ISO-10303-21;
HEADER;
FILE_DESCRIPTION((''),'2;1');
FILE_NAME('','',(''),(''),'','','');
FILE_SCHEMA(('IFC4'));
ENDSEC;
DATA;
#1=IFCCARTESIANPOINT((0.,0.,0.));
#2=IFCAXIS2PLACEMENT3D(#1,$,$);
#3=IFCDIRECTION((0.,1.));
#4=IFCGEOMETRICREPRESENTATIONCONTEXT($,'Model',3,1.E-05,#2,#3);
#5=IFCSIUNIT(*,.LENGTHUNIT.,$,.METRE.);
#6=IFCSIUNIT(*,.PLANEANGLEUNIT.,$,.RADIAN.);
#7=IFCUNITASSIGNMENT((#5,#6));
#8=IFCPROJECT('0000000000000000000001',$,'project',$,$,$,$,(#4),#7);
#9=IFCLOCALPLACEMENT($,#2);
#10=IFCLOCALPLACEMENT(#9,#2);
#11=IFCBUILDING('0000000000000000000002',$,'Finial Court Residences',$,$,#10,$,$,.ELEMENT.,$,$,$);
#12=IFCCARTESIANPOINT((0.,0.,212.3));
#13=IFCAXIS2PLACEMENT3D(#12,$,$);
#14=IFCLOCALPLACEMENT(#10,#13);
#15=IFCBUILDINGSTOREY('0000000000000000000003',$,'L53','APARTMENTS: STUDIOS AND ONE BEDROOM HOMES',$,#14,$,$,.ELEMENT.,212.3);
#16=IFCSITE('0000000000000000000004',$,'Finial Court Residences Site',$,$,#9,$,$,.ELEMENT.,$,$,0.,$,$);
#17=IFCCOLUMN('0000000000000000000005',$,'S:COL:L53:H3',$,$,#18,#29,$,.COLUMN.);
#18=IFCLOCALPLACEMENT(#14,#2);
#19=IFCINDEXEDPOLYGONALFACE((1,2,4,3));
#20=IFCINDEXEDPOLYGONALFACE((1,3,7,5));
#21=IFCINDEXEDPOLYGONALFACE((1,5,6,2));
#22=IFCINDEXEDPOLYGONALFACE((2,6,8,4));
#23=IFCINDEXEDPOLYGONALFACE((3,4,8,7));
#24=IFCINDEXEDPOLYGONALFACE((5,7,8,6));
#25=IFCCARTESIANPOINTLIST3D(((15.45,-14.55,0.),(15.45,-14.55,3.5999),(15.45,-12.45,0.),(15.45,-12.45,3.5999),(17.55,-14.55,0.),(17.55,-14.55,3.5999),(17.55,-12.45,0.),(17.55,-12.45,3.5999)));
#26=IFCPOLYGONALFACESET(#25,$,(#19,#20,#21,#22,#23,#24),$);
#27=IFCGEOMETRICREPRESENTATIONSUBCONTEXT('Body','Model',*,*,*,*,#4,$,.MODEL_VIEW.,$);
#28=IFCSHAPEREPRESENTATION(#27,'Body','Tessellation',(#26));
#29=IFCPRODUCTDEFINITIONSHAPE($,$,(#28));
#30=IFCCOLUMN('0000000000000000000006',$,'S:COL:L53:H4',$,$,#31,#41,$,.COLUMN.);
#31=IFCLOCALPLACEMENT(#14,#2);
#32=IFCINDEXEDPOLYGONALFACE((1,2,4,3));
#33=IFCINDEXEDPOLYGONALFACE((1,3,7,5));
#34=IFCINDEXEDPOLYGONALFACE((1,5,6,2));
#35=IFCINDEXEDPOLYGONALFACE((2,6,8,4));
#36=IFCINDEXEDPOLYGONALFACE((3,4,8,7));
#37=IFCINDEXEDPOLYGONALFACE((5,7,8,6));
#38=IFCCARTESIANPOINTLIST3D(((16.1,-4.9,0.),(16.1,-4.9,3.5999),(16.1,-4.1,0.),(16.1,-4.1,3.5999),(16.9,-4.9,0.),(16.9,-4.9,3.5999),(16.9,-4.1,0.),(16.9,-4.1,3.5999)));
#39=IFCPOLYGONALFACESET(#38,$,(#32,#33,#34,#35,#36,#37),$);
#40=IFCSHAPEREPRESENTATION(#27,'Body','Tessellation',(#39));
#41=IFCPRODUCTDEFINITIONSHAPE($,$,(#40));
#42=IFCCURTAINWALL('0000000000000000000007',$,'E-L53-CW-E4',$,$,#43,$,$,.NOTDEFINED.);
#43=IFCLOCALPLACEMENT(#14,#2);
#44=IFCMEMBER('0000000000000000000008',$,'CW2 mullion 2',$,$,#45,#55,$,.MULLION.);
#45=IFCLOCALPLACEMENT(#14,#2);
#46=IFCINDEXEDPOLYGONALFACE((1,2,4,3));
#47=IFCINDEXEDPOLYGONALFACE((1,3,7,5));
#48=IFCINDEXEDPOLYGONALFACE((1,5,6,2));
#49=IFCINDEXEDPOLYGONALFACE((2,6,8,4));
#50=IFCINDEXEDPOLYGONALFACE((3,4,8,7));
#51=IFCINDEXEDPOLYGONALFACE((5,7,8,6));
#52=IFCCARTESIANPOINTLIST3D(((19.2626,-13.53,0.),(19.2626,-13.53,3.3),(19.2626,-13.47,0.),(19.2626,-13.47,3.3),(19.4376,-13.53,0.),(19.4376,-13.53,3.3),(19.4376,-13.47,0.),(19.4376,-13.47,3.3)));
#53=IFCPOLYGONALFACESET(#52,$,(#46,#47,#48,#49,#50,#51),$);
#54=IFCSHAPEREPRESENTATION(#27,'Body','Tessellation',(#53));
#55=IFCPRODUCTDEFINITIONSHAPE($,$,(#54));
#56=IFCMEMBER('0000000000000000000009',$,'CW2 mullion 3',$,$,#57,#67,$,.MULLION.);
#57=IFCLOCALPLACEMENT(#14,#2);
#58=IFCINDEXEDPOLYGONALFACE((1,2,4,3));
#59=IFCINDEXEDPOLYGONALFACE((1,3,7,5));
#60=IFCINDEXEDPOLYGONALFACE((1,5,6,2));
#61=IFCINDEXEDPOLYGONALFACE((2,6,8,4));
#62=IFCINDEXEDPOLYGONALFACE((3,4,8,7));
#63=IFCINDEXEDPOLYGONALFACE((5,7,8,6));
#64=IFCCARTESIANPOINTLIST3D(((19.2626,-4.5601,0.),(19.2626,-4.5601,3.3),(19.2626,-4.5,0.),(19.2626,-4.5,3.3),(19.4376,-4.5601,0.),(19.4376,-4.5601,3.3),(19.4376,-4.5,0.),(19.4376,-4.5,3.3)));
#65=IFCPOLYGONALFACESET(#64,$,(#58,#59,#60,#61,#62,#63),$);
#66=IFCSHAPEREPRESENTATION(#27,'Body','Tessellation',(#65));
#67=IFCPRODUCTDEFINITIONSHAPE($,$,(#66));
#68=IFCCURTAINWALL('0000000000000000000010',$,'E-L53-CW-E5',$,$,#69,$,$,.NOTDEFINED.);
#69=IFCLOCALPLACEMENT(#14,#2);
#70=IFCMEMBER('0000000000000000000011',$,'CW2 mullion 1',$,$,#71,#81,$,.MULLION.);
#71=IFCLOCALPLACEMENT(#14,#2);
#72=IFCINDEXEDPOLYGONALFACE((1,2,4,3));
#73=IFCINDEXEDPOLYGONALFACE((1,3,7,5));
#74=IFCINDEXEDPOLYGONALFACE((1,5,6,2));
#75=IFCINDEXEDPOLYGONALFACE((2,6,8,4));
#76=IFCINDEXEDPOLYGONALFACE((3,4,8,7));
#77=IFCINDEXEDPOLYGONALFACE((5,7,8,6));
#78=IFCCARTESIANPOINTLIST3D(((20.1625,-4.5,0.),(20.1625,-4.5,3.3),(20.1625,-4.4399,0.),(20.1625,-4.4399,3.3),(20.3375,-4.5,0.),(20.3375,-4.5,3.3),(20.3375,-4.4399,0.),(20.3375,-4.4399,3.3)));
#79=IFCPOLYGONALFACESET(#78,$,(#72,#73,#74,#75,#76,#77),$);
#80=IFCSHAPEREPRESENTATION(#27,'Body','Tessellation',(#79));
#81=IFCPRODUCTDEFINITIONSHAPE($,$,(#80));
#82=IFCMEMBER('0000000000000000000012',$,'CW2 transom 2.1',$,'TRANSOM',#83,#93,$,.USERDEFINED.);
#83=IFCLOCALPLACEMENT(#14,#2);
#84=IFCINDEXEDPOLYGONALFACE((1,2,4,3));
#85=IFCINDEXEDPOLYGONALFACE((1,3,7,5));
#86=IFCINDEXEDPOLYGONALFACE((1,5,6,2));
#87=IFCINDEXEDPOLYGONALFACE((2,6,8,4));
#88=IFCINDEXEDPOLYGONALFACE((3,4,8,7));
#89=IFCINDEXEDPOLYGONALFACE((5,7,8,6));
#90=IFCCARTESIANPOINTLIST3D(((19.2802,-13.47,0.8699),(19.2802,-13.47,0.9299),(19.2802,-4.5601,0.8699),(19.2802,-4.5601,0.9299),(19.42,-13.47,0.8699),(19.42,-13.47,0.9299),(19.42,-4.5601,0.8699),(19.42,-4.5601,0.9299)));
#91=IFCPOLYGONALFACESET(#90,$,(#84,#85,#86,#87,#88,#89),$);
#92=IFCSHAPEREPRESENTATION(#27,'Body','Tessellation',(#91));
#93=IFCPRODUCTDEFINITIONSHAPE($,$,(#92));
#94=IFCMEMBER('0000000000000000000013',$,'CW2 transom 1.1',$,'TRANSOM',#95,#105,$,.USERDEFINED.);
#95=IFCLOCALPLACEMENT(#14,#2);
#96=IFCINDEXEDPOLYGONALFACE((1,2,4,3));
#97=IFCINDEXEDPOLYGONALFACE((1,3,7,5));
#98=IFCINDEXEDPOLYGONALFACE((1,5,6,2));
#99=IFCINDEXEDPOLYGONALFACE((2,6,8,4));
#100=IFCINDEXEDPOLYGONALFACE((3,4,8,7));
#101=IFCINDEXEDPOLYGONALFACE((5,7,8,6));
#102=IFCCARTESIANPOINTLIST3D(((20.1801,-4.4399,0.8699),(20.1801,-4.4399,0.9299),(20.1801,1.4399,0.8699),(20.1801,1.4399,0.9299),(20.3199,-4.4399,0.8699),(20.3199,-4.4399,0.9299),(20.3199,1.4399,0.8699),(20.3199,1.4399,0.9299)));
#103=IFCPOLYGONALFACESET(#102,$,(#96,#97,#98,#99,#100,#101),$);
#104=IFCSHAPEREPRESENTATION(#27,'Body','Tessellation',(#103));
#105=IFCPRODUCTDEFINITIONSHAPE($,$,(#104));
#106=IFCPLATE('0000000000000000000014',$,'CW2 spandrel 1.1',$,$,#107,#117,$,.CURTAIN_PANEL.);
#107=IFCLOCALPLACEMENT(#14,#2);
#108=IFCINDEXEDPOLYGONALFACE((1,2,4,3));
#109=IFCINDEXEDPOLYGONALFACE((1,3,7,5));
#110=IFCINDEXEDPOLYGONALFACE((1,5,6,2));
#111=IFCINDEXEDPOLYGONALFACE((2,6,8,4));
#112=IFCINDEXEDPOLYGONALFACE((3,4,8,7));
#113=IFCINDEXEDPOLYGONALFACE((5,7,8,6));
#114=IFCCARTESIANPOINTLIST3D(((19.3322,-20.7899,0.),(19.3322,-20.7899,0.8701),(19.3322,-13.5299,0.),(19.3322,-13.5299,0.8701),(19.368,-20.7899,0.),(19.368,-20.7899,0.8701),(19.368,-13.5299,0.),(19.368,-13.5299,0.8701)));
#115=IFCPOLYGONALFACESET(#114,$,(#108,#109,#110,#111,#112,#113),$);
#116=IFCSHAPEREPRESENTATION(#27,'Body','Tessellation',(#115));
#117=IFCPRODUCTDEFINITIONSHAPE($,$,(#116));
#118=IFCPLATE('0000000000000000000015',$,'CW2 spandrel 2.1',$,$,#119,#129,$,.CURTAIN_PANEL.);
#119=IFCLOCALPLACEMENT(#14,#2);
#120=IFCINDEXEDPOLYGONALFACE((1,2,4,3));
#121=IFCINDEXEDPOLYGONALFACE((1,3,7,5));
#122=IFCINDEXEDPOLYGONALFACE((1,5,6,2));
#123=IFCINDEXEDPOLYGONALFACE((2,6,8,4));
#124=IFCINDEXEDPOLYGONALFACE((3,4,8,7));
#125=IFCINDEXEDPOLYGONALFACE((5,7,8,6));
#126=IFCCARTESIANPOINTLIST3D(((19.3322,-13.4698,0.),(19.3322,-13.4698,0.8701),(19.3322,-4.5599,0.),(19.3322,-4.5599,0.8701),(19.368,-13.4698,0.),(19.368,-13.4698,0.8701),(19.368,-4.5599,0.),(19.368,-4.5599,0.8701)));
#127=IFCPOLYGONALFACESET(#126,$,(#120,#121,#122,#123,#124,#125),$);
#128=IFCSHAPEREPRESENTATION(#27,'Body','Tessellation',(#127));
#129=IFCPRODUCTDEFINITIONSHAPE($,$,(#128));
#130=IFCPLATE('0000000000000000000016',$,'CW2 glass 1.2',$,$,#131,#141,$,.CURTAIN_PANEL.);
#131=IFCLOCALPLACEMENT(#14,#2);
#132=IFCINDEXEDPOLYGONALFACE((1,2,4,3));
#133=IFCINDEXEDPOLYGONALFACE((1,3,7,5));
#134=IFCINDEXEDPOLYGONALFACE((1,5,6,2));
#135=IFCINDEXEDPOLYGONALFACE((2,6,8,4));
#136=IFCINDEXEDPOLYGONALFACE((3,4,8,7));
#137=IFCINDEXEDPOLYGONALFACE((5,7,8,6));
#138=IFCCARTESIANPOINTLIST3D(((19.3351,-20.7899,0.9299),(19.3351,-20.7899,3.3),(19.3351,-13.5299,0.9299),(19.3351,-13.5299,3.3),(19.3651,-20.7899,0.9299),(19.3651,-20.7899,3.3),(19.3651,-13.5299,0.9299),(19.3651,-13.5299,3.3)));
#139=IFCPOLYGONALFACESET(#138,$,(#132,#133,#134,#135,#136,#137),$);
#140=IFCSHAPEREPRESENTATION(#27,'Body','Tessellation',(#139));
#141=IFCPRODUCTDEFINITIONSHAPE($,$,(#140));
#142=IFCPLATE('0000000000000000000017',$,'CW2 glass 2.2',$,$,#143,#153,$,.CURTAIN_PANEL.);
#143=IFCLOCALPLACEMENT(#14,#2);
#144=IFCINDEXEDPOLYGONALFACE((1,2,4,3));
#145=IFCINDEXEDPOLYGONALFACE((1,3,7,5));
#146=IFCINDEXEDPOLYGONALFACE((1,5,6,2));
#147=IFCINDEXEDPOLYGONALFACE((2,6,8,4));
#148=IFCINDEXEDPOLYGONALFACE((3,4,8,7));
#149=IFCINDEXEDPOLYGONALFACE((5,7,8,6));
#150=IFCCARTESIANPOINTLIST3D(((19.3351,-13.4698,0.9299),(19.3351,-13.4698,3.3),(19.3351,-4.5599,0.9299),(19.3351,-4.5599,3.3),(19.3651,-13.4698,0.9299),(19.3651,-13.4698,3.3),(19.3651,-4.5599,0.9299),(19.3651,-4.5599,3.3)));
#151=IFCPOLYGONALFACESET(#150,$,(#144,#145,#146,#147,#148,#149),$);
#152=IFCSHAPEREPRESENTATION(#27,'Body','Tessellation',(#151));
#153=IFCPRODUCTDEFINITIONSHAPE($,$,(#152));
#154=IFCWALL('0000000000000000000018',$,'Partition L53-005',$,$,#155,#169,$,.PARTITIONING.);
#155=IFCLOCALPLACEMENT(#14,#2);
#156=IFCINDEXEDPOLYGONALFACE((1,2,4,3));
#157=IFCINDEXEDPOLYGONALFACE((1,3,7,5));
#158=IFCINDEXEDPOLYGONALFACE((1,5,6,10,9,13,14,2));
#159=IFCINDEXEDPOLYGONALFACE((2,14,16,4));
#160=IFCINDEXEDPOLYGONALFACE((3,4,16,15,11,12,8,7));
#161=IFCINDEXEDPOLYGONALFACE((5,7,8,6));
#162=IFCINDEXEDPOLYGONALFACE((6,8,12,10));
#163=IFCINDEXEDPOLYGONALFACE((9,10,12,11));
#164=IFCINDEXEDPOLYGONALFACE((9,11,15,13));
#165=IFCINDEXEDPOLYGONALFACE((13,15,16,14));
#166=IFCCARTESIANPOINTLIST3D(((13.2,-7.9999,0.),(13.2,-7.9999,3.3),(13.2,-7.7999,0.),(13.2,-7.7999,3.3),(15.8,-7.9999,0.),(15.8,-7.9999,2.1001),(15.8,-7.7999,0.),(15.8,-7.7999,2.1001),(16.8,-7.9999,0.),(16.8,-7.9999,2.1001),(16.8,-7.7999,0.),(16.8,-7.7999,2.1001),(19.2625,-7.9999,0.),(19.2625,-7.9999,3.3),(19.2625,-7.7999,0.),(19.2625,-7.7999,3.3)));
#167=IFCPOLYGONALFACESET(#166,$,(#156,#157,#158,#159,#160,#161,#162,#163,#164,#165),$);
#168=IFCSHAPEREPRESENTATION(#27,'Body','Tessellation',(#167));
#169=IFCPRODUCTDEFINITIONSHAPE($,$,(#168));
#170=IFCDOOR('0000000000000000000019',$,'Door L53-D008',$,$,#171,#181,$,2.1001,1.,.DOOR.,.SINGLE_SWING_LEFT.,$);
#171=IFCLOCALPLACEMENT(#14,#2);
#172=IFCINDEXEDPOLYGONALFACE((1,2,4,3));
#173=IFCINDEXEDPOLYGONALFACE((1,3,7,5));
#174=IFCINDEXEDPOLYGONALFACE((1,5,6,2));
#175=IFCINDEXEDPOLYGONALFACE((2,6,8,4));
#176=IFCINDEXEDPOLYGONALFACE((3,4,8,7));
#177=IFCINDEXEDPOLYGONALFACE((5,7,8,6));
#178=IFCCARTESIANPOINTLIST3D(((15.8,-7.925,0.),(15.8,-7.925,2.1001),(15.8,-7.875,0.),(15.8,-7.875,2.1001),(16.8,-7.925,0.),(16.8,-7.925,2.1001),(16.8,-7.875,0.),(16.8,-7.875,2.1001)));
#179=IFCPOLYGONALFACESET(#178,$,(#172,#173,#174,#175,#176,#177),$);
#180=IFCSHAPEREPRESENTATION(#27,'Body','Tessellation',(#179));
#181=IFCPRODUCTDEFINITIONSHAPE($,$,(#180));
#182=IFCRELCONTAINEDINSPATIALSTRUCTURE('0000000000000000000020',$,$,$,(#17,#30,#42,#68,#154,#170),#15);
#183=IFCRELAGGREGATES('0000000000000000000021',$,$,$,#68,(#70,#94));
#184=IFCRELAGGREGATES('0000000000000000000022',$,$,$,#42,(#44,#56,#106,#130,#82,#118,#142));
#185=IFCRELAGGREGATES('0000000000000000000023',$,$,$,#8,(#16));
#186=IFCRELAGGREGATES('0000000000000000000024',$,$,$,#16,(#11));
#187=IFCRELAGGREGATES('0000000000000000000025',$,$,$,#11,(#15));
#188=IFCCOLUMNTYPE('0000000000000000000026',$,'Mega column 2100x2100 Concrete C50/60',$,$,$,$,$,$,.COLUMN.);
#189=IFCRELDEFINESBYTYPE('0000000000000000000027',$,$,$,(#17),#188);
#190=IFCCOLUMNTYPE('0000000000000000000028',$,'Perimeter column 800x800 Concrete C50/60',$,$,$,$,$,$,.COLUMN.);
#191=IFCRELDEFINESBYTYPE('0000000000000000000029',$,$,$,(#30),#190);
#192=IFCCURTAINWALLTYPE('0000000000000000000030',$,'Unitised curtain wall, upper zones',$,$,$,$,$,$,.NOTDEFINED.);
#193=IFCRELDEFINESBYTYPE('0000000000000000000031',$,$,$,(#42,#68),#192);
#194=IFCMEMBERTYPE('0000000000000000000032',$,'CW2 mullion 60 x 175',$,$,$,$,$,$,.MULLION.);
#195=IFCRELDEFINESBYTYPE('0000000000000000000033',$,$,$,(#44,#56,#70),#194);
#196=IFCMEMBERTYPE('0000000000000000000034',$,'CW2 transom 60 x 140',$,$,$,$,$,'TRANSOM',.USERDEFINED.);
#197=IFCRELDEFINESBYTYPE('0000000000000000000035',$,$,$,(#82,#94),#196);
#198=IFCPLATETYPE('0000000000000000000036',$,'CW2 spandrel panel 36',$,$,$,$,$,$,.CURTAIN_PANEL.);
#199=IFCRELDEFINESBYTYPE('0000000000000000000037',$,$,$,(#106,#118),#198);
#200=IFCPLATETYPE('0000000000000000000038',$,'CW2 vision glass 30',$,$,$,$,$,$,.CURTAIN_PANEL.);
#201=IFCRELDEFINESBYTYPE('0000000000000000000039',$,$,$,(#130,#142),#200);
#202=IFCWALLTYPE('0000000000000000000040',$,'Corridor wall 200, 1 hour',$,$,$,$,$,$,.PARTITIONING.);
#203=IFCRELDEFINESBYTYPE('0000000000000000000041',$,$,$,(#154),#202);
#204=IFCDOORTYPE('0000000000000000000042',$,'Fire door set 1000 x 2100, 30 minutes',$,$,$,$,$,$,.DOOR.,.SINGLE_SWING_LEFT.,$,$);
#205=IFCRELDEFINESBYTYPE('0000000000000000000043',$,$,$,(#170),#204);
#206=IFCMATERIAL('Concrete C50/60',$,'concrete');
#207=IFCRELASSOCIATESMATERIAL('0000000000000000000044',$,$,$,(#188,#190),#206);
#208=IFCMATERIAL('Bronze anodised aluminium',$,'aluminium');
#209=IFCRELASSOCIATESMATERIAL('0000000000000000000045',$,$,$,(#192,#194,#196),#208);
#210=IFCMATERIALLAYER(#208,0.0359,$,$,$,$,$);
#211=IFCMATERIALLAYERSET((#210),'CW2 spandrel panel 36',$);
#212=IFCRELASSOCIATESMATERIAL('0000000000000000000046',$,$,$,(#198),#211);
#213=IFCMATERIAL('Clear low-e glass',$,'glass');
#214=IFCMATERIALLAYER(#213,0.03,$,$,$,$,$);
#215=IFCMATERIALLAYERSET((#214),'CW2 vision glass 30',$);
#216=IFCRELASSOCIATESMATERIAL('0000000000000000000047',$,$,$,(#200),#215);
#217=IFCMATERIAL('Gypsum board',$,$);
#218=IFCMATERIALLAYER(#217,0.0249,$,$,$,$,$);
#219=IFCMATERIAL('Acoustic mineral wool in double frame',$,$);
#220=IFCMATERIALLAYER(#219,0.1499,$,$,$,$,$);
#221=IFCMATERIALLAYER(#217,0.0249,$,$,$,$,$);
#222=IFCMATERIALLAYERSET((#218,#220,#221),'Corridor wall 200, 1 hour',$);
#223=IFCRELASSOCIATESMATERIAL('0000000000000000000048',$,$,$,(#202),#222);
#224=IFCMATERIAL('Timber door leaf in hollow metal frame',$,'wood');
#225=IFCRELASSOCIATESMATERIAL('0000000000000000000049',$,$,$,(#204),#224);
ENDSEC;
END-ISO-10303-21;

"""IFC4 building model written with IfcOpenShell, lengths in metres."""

from ifc_helpers import new_model, si_unit, direction, frame, frame_2d, origin, origin_2d, place, context, subcontext, project, spatial, rectangle, extrude, material, layer, layer_set, material_profile, profile_set, type_object, element, fill, aggregate, save


model = new_model("IFC4")

# Units and contexts
model_context = context("Model", 3, precision=1e-05, world=origin(), true_north=direction((0.0, 1.0)))
body_context = subcontext(model_context, "Body", "Model", "MODEL_VIEW")
ifc_project = project(units=[si_unit("LENGTHUNIT", "METRE"), si_unit("PLANEANGLEUNIT", "RADIAN")], contexts=[model_context])

# Site, building, storey
site_placement = place(None, origin())
site = spatial("IfcSite", under=ifc_project, at=site_placement, Name="Finial Court Residences Site", CompositionType="ELEMENT", RefElevation=0.0)
building_placement = place(site_placement, origin())
building = spatial("IfcBuilding", under=site, at=building_placement, Name="Finial Court Residences", CompositionType="ELEMENT")
storey_placement = place(building_placement, frame((0.0, 0.0, 212.3)))
storey = spatial("IfcBuildingStorey", under=building, at=storey_placement, Name="L53", Description="APARTMENTS: STUDIOS AND ONE BEDROOM HOMES", CompositionType="ELEMENT", Elevation=212.3)

# Columns
ifc_material_1 = material(Name="Concrete C50/60", Category="concrete")
ifc_material_profile_1 = material_profile(ifc_material_1, rectangle(XDim=2.1001, YDim=2.1001, at=origin_2d()), Name="2100x2100")
ifc_profile_set_1 = profile_set([ifc_material_profile_1], Name="Concrete C50/60")
column_type_1 = type_object("IfcColumnType", Name="Mega column 2100x2100 Concrete C50/60", PredefinedType="COLUMN", material=ifc_profile_set_1)
column_1_placement = place(storey_placement, frame((16.5, -13.5, 0.0), z_axis=(0.0, 0.0, 1.0), x_axis=(1.0, 0.0, 0.0)))
element("IfcColumn", 1, at=column_1_placement, inside=storey, type_object=column_type_1, Name="S:COL:L53:H3", PredefinedType="COLUMN", context=body_context, shape_type="SweptSolid", body=[
    extrude(rectangle(XDim=2.1001, YDim=2.1001, at=origin_2d()), origin(), (0.0, 0.0, 1.0), 3.5999),
])
ifc_material_profile_2 = material_profile(ifc_material_1, rectangle(XDim=0.8, YDim=0.8, at=origin_2d()), Name="800x800")
ifc_profile_set_2 = profile_set([ifc_material_profile_2], Name="Concrete C50/60")
column_type_2 = type_object("IfcColumnType", Name="Perimeter column 800x800 Concrete C50/60", PredefinedType="COLUMN", material=ifc_profile_set_2)
column_2_placement = place(storey_placement, frame((16.5, -4.5, 0.0), z_axis=(0.0, 0.0, 1.0), x_axis=(1.0, 0.0, 0.0)))
element("IfcColumn", 2, at=column_2_placement, inside=storey, type_object=column_type_2, Name="S:COL:L53:H4", PredefinedType="COLUMN", context=body_context, shape_type="SweptSolid", body=[
    extrude(rectangle(XDim=0.8, YDim=0.8, at=origin_2d()), origin(), (0.0, 0.0, 1.0), 3.5999),
])

# Curtain wall, members
ifc_material_2 = material(Name="Bronze anodised aluminium", Category="aluminium")
curtain_wall_type = type_object("IfcCurtainWallType", Name="Unitised curtain wall, upper zones", PredefinedType="NOTDEFINED", material=ifc_material_2)
curtain_wall_1_placement = place(storey_placement, origin())
curtain_wall_1 = element("IfcCurtainWall", 3, at=curtain_wall_1_placement, inside=storey, type_object=curtain_wall_type, Name="E-L53-CW-E4", PredefinedType="NOTDEFINED")
ifc_material_profile_3 = material_profile(ifc_material_2, rectangle(XDim=0.175, YDim=0.0601, at=origin_2d()), Name="CW2 mullion 60 x 175")
ifc_profile_set_3 = profile_set([ifc_material_profile_3], Name="Bronze anodised aluminium")
member_type_1 = type_object("IfcMemberType", Name="CW2 mullion 60 x 175", PredefinedType="MULLION", material=ifc_profile_set_3)
member_1_placement = place(storey_placement, frame((19.3501, -13.5, 0.0), z_axis=(0.0, 0.0, 1.0), x_axis=(-1.0, 0.0, 0.0)))
member_1 = element("IfcMember", 4, at=member_1_placement, type_object=member_type_1, Name="CW2 mullion 2", PredefinedType="MULLION", context=body_context, shape_type="SweptSolid", body=[
    extrude(rectangle(XDim=0.175, YDim=0.0601, at=origin_2d()), origin(), (0.0, 0.0, 1.0), 3.3),
])
member_2_placement = place(storey_placement, frame((19.3501, -4.53, 0.0), z_axis=(0.0, 0.0, 1.0), x_axis=(-1.0, 0.0, 0.0)))
member_2 = element("IfcMember", 5, at=member_2_placement, type_object=member_type_1, Name="CW2 mullion 3", PredefinedType="MULLION", context=body_context, shape_type="SweptSolid", body=[
    extrude(rectangle(XDim=0.175, YDim=0.0601, at=origin_2d()), origin(), (0.0, 0.0, 1.0), 3.3),
])

# Curtain wall, member
curtain_wall_2_placement = place(storey_placement, origin())
curtain_wall_2 = element("IfcCurtainWall", 6, at=curtain_wall_2_placement, inside=storey, type_object=curtain_wall_type, Name="E-L53-CW-E5", PredefinedType="NOTDEFINED")
member_3_placement = place(storey_placement, frame((20.25, -4.47, 0.0), z_axis=(0.0, 0.0, 1.0), x_axis=(-1.0, 0.0, 0.0)))
member_3 = element("IfcMember", 7, at=member_3_placement, type_object=member_type_1, Name="CW2 mullion 1", PredefinedType="MULLION", context=body_context, shape_type="SweptSolid", body=[
    extrude(rectangle(XDim=0.175, YDim=0.0601, at=origin_2d()), origin(), (0.0, 0.0, 1.0), 3.3),
])

# Members
ifc_material_profile_4 = material_profile(ifc_material_2, rectangle(XDim=0.1399, YDim=0.0601, at=origin_2d()), Name="CW2 transom 60 x 140")
ifc_profile_set_4 = profile_set([ifc_material_profile_4], Name="Bronze anodised aluminium")
member_type_2 = type_object("IfcMemberType", Name="CW2 transom 60 x 140", ElementType="TRANSOM", PredefinedType="USERDEFINED", material=ifc_profile_set_4)
member_4_placement = place(storey_placement, frame((19.3501, -13.47, 0.8999), z_axis=(0.0, 1.0, 0.0), x_axis=(-1.0, 0.0, 0.0)))
member_4 = element("IfcMember", 8, at=member_4_placement, type_object=member_type_2, Name="CW2 transom 2.1", ObjectType="TRANSOM", PredefinedType="USERDEFINED", context=body_context, shape_type="SweptSolid", body=[
    extrude(rectangle(XDim=0.1399, YDim=0.0601, at=origin_2d()), origin(), (0.0, 0.0, 1.0), 8.9099),
])
member_5_placement = place(storey_placement, frame((20.25, -4.4399, 0.8999), z_axis=(0.0, 1.0, 0.0), x_axis=(-1.0, 0.0, 0.0)))
member_5 = element("IfcMember", 9, at=member_5_placement, type_object=member_type_2, Name="CW2 transom 1.1", ObjectType="TRANSOM", PredefinedType="USERDEFINED", context=body_context, shape_type="SweptSolid", body=[
    extrude(rectangle(XDim=0.1399, YDim=0.0601, at=origin_2d()), origin(), (0.0, 0.0, 1.0), 5.8799),
])
aggregate(curtain_wall_2, [member_3, member_5])

# Plates
ifc_layer_1 = layer(ifc_material_2, 0.0359)
ifc_layer_set_1 = layer_set([ifc_layer_1], Name="CW2 spandrel panel 36")
plate_type_1 = type_object("IfcPlateType", Name="CW2 spandrel panel 36", PredefinedType="CURTAIN_PANEL", material=ifc_layer_set_1)
plate_1_placement = place(storey_placement, frame((19.3501, -17.1599, 0.0), z_axis=(0.0, 0.0, 1.0), x_axis=(0.0, 1.0, 0.0)))
plate_1 = element("IfcPlate", 10, at=plate_1_placement, type_object=plate_type_1, Name="CW2 spandrel 1.1", PredefinedType="CURTAIN_PANEL", context=body_context, shape_type="SweptSolid", body=[
    extrude(rectangle(XDim=7.26, YDim=0.0359, at=origin_2d()), origin(), (0.0, 0.0, 1.0), 0.8701),
])
plate_2_placement = place(storey_placement, frame((19.3501, -9.0149, 0.0), z_axis=(0.0, 0.0, 1.0), x_axis=(0.0, 1.0, 0.0)))
plate_2 = element("IfcPlate", 11, at=plate_2_placement, type_object=plate_type_1, Name="CW2 spandrel 2.1", PredefinedType="CURTAIN_PANEL", context=body_context, shape_type="SweptSolid", body=[
    extrude(rectangle(XDim=8.9099, YDim=0.0359, at=origin_2d()), origin(), (0.0, 0.0, 1.0), 0.8701),
])
ifc_material_3 = material(Name="Clear low-e glass", Category="glass")
ifc_layer_2 = layer(ifc_material_3, 0.03)
ifc_layer_set_2 = layer_set([ifc_layer_2], Name="CW2 vision glass 30")
plate_type_2 = type_object("IfcPlateType", Name="CW2 vision glass 30", PredefinedType="CURTAIN_PANEL", material=ifc_layer_set_2)
plate_3_placement = place(storey_placement, frame((19.3501, -17.1599, 0.9299), z_axis=(0.0, 0.0, 1.0), x_axis=(0.0, 1.0, 0.0)))
plate_3 = element("IfcPlate", 12, at=plate_3_placement, type_object=plate_type_2, Name="CW2 glass 1.2", PredefinedType="CURTAIN_PANEL", context=body_context, shape_type="SweptSolid", body=[
    extrude(rectangle(XDim=7.26, YDim=0.03, at=origin_2d()), origin(), (0.0, 0.0, 1.0), 2.3701),
])
plate_4_placement = place(storey_placement, frame((19.3501, -9.0149, 0.9299), z_axis=(0.0, 0.0, 1.0), x_axis=(0.0, 1.0, 0.0)))
plate_4 = element("IfcPlate", 13, at=plate_4_placement, type_object=plate_type_2, Name="CW2 glass 2.2", PredefinedType="CURTAIN_PANEL", context=body_context, shape_type="SweptSolid", body=[
    extrude(rectangle(XDim=8.9099, YDim=0.03, at=origin_2d()), origin(), (0.0, 0.0, 1.0), 2.3701),
])
aggregate(curtain_wall_1, [member_1, member_2, plate_1, plate_3, member_4, plate_2, plate_4])

# Wall, opening, door
ifc_material_4 = material(Name="Gypsum board")
ifc_layer_3 = layer(ifc_material_4, 0.0249)
ifc_material_5 = material(Name="Acoustic mineral wool in double frame")
ifc_layer_4 = layer(ifc_material_5, 0.1499)
ifc_layer_5 = layer(ifc_material_4, 0.0249)
ifc_layer_set_3 = layer_set([ifc_layer_3, ifc_layer_4, ifc_layer_5], Name="Corridor wall 200, 1 hour")
wall_type_1 = type_object("IfcWallType", Name="Corridor wall 200, 1 hour", PredefinedType="PARTITIONING", material=ifc_layer_set_3)
wall_1_placement = place(storey_placement, frame((13.2, -7.8999, 0.0), z_axis=(0.0, 0.0, 1.0), x_axis=(1.0, 0.0, 0.0)))
wall_1 = element("IfcWall", 14, at=wall_1_placement, inside=storey, type_object=wall_type_1, Name="Partition L53-005", PredefinedType="PARTITIONING", context=body_context, shape_type="SweptSolid", body=[
    extrude(rectangle(XDim=6.0625, YDim=0.2, at=frame_2d((3.0312, 0.0))), origin(), (0.0, 0.0, 1.0), 3.3),
])
opening_1_placement = place(wall_1_placement, frame((2.6001, 0.0, 0.0)))
opening_1 = element("IfcOpeningElement", 15, at=opening_1_placement, cuts=wall_1, PredefinedType="OPENING", context=body_context, shape_type="SweptSolid", body=[
    extrude(rectangle(XDim=1.0, YDim=2.1001, at=frame_2d((0.5, 1.05))), frame((0.0, 0.1099, 0.0), z_axis=(0.0, -1.0, 0.0), x_axis=(1.0, 0.0, 0.0)), (0.0, 0.0, 1.0), 0.22),
])
ifc_material_6 = material(Name="Timber door leaf in hollow metal frame", Category="wood")
door_type_1 = type_object("IfcDoorType", Name="Fire door set 1000 x 2100, 30 minutes", OperationType="SINGLE_SWING_LEFT", PredefinedType="DOOR", material=ifc_material_6)
door_1_placement = place(opening_1_placement, origin())
door_1 = element("IfcDoor", 16, at=door_1_placement, inside=storey, type_object=door_type_1, Name="Door L53-D008", OperationType="SINGLE_SWING_LEFT", OverallHeight=2.1001, OverallWidth=1.0, PredefinedType="DOOR", context=body_context, shape_type="SweptSolid", body=[
    extrude(rectangle(XDim=1.0, YDim=2.1001, at=frame_2d((0.5, 1.05))), frame((0.0, 0.0249, 0.0), z_axis=(0.0, -1.0, 0.0), x_axis=(1.0, 0.0, 0.0)), (0.0, 0.0, 1.0), 0.05),
])
fill(opening_1, door_1)

save(model, "model.ifc")
